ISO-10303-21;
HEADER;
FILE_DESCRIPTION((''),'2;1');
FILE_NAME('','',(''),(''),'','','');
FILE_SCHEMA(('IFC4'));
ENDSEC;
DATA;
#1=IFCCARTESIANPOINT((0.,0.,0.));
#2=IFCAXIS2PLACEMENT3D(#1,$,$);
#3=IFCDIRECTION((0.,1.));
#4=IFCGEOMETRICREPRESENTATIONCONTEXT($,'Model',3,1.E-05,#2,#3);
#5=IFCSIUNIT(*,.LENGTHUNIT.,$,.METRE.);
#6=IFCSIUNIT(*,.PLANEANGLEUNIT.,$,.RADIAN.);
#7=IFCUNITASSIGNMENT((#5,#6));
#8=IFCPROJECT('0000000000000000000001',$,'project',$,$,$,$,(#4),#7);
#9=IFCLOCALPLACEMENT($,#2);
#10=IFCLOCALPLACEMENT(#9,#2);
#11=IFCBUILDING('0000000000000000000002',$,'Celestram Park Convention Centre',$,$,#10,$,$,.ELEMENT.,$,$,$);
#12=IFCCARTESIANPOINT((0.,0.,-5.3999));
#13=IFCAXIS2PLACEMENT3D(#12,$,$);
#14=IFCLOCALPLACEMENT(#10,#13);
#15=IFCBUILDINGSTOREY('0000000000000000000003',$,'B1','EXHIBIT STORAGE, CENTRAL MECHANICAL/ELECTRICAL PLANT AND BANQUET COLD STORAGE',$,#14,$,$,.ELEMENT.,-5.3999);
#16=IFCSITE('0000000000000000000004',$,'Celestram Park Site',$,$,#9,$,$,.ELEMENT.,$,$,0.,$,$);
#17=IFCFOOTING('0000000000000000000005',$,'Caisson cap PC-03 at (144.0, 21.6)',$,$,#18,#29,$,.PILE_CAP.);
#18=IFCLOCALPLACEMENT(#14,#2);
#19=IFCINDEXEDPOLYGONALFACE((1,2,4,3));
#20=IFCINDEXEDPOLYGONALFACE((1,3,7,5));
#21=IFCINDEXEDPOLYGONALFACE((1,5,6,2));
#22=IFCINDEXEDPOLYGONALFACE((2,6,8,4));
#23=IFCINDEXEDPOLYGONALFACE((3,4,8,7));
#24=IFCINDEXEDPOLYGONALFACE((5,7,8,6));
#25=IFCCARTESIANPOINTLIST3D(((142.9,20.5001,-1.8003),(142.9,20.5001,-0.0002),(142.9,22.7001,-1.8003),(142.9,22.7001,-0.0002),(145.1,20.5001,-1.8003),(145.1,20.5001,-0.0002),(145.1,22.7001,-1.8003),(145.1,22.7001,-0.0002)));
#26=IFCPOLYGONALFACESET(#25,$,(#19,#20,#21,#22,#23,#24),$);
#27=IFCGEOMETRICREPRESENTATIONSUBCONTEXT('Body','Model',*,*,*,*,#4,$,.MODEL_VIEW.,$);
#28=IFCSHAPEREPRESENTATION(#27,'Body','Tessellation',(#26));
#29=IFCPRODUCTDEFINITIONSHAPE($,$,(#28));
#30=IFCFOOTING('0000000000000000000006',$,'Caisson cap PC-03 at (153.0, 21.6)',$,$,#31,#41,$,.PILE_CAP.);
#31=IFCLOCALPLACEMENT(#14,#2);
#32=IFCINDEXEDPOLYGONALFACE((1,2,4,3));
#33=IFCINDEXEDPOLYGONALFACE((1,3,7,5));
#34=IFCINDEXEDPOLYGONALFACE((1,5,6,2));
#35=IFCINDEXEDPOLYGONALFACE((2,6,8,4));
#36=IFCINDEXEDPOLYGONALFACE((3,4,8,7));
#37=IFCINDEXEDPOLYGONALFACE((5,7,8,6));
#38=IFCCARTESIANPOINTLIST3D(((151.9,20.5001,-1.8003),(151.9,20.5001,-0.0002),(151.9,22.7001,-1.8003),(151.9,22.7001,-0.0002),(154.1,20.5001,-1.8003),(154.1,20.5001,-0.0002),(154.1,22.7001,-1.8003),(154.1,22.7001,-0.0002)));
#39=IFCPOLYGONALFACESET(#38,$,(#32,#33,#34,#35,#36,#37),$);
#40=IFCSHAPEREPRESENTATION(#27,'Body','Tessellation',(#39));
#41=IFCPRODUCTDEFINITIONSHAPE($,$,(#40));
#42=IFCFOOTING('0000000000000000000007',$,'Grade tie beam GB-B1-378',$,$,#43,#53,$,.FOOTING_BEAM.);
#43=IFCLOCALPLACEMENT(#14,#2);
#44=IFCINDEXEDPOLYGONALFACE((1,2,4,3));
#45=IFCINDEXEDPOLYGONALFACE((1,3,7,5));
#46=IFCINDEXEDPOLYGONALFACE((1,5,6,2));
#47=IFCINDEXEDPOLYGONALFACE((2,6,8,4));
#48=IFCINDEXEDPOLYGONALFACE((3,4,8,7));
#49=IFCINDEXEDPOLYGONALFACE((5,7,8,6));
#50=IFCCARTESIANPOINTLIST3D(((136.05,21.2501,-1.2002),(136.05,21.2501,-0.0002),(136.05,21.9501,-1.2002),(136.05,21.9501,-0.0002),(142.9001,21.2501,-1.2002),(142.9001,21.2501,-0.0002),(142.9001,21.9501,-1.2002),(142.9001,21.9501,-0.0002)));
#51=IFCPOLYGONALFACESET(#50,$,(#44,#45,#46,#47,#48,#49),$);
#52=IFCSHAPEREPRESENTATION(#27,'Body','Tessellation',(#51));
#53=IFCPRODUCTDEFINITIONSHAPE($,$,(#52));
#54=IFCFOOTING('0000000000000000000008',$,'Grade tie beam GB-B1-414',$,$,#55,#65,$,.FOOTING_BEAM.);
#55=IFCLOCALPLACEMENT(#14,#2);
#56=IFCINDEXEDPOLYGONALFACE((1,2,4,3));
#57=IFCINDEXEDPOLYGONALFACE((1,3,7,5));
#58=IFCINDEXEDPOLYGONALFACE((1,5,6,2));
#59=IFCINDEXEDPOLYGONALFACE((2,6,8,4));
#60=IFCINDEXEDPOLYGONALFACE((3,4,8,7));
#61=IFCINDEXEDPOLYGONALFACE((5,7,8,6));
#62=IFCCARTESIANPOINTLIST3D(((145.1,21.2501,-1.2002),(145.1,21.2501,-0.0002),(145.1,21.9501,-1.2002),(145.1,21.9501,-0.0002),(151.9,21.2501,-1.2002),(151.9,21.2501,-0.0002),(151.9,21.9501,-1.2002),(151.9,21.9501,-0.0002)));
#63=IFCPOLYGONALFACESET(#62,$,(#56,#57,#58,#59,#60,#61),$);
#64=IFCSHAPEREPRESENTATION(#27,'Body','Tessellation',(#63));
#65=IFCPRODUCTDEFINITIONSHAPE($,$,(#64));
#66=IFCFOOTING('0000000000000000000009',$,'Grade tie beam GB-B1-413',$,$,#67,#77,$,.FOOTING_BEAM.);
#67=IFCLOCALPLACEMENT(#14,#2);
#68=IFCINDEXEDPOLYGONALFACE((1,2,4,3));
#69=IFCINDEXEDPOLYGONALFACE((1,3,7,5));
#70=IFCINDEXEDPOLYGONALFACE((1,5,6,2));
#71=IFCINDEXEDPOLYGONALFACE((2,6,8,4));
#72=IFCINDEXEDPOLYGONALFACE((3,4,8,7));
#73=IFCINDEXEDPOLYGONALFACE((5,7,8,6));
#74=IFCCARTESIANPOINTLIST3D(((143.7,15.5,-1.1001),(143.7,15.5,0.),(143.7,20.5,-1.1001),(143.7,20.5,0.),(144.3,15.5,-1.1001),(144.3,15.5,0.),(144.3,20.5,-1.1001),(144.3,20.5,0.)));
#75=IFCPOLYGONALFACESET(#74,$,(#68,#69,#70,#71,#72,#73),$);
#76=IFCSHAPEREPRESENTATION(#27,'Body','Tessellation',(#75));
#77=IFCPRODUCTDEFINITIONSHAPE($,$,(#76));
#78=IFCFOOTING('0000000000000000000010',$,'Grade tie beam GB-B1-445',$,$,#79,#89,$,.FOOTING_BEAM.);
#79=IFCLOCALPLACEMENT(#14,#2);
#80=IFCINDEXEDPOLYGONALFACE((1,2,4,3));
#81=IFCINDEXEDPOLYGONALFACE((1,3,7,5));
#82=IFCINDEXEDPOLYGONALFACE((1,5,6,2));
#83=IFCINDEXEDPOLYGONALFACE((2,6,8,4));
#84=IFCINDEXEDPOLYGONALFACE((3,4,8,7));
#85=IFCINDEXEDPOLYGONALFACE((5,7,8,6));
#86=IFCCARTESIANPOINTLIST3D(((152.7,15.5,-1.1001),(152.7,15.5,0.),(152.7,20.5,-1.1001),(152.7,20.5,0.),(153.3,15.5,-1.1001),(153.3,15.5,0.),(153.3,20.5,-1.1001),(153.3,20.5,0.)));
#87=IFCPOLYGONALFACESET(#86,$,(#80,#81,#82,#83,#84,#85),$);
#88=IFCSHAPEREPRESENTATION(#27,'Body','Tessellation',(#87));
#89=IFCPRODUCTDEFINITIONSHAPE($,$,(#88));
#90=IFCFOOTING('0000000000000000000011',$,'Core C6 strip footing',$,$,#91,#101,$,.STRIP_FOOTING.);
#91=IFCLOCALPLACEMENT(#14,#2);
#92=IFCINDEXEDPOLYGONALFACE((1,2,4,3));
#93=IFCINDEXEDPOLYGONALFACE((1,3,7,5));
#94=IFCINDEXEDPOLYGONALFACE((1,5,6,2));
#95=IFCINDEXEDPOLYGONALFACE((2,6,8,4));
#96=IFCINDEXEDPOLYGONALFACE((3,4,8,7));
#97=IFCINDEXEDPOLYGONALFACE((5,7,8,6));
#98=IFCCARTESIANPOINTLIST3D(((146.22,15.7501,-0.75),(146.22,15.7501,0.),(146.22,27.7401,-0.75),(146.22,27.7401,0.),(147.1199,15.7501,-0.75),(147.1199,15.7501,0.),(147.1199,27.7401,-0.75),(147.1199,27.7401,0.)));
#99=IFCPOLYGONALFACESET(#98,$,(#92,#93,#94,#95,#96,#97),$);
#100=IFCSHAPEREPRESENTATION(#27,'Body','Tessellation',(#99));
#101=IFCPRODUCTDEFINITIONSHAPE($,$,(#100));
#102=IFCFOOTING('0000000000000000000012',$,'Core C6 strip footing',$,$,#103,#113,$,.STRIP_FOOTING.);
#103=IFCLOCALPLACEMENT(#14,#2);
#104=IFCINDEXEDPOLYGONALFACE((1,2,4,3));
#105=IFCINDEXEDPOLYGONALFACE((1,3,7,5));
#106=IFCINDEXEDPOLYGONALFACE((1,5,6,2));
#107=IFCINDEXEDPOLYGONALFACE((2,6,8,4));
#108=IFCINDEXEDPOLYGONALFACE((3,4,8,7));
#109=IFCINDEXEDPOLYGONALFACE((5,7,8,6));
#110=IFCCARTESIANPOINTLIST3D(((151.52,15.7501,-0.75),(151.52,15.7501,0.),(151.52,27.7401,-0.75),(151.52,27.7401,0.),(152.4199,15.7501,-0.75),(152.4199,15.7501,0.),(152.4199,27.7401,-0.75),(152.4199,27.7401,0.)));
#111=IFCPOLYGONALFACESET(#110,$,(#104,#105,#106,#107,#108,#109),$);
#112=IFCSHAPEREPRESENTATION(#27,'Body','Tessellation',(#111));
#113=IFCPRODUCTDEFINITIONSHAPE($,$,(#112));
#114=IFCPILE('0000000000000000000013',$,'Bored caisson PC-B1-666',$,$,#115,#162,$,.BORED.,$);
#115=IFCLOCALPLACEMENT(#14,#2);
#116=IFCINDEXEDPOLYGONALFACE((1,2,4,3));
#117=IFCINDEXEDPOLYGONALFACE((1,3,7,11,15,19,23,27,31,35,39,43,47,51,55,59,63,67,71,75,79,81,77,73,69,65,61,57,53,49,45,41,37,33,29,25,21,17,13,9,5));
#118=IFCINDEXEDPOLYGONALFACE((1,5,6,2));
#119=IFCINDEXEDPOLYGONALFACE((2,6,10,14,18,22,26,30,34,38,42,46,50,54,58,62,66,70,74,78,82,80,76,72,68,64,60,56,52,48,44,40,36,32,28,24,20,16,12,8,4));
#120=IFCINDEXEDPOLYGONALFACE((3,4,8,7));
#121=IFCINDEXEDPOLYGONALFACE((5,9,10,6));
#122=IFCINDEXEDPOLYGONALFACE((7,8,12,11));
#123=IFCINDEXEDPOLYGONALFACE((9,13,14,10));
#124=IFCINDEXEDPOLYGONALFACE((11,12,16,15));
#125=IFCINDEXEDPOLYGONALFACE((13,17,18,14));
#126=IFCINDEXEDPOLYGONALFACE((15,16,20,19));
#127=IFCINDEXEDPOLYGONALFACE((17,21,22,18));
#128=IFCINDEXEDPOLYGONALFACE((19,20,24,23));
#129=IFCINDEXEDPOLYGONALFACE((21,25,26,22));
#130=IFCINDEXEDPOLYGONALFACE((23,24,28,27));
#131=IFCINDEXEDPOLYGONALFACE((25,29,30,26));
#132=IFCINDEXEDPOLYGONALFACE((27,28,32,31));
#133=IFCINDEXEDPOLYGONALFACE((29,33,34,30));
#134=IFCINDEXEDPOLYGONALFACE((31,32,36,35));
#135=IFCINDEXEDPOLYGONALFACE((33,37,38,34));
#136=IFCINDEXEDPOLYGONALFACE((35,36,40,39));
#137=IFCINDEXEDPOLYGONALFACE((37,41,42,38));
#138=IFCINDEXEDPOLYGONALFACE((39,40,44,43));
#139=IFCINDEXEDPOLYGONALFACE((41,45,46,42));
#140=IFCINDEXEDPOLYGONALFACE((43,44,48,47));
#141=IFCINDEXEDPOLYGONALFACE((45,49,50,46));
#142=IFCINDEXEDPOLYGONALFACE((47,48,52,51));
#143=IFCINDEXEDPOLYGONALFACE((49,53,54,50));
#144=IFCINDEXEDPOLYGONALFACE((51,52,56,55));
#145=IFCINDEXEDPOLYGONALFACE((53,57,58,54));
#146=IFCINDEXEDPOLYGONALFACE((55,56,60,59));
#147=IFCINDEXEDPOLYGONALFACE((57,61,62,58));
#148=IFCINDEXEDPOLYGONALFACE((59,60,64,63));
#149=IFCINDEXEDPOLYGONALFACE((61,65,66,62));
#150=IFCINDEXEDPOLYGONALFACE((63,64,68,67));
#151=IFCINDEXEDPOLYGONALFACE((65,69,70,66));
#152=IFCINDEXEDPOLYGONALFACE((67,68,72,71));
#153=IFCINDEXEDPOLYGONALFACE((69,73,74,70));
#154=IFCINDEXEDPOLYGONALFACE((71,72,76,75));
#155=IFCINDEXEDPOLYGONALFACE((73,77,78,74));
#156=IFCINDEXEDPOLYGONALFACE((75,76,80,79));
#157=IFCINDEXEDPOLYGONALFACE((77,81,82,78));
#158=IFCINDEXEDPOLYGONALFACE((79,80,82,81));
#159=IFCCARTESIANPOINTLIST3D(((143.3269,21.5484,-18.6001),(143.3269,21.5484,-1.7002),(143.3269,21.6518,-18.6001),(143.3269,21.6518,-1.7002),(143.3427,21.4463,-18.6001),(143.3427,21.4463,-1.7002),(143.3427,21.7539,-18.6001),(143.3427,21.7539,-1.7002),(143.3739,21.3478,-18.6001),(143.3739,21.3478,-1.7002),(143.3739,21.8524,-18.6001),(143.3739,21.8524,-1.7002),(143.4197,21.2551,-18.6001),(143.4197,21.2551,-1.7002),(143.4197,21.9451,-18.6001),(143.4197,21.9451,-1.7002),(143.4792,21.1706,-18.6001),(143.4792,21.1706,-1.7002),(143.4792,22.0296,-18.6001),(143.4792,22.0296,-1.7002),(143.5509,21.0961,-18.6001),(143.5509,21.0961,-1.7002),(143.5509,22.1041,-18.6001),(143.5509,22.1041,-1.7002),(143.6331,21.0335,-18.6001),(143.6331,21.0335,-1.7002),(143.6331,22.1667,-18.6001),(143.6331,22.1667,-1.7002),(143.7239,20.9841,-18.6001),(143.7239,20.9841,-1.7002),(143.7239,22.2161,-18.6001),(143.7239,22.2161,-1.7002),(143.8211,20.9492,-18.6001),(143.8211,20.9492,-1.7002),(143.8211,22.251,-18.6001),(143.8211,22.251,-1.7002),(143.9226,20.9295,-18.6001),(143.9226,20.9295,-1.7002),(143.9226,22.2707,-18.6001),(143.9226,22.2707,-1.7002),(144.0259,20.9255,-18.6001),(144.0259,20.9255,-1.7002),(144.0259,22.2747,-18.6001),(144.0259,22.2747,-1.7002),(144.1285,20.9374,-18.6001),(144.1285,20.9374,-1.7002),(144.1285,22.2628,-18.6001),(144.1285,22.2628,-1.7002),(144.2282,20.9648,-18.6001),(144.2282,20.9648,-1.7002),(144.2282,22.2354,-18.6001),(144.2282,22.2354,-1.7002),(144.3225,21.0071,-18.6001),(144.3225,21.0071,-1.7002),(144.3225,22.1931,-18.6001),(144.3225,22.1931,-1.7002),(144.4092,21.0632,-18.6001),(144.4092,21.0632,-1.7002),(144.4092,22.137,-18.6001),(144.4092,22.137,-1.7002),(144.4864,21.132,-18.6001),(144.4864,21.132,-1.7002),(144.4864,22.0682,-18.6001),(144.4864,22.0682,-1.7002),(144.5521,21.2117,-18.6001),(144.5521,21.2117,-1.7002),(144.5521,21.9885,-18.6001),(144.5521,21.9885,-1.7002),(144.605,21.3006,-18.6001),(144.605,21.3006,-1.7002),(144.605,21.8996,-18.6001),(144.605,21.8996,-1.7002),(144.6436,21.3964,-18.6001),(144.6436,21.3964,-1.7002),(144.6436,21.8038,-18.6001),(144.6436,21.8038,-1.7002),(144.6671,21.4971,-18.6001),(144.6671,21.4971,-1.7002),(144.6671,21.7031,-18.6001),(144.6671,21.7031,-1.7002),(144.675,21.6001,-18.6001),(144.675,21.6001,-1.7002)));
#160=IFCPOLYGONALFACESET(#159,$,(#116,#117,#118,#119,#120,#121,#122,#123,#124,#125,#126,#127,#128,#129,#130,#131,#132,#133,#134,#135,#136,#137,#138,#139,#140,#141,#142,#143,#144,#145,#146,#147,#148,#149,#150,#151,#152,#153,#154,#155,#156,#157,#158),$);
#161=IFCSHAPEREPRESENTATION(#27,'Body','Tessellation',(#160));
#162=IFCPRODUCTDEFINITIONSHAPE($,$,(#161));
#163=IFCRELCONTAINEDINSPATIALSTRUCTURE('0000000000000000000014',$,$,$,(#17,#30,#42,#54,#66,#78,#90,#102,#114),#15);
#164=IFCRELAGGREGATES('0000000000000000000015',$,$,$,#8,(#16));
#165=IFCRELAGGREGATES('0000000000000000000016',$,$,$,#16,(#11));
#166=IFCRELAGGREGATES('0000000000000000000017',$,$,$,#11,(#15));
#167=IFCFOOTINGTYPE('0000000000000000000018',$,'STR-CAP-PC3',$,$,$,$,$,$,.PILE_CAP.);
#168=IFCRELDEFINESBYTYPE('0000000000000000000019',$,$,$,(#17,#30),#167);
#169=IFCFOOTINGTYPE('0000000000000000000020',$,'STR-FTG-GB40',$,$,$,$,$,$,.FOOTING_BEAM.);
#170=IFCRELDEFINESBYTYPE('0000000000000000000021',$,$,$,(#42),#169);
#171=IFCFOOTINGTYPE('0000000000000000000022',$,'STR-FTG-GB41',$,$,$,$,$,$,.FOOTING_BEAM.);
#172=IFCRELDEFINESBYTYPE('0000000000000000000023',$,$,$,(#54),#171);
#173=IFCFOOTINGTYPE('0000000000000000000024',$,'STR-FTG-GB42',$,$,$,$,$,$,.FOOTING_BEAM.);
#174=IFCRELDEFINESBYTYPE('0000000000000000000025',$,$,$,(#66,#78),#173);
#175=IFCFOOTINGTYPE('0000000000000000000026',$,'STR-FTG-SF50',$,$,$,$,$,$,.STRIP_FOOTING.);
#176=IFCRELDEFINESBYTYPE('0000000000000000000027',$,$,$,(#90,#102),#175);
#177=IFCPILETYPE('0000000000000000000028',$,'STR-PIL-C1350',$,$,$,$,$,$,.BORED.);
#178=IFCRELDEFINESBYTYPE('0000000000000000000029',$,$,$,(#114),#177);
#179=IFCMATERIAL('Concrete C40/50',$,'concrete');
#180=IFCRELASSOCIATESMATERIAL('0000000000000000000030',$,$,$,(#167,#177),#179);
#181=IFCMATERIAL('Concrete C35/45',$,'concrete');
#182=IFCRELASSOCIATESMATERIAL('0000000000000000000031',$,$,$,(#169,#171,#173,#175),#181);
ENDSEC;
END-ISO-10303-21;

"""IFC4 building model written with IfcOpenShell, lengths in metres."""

from ifc_helpers import new_model, si_unit, direction, frame, origin, origin_2d, place, context, subcontext, project, spatial, rectangle, circle, extrude, material, material_profile, profile_set, type_object, element, save


model = new_model("IFC4")

# Units and contexts
model_context = context("Model", 3, precision=1e-05, world=origin(), true_north=direction((0.0, 1.0)))
body_context = subcontext(model_context, "Body", "Model", "MODEL_VIEW")
ifc_project = project(units=[si_unit("LENGTHUNIT", "METRE"), si_unit("PLANEANGLEUNIT", "RADIAN")], contexts=[model_context])

# Site, building, storey
site_placement = place(None, origin())
site = spatial("IfcSite", under=ifc_project, at=site_placement, Name="Celestram Park Site", CompositionType="ELEMENT", RefElevation=0.0)
building_placement = place(site_placement, origin())
building = spatial("IfcBuilding", under=site, at=building_placement, Name="Celestram Park Convention Centre", CompositionType="ELEMENT")
storey_placement = place(building_placement, frame((0.0, 0.0, -5.3999)))
storey = spatial("IfcBuildingStorey", under=building, at=storey_placement, Name="B1", Description="EXHIBIT STORAGE, CENTRAL MECHANICAL/ELECTRICAL PLANT AND BANQUET COLD STORAGE", CompositionType="ELEMENT", Elevation=-5.3999)

# Footings
ifc_material_1 = material(Name="Concrete C40/50", Category="concrete")
footing_type_1 = type_object("IfcFootingType", Name="STR-CAP-PC3", PredefinedType="PILE_CAP", material=ifc_material_1)
for number, where, z_axis, x_axis, name in (
    (1, (144.0, 21.6001, -1.8003), (0.0, 0.0, 1.0), (1.0, 0.0, 0.0), "Caisson cap PC-03 at (144.0, 21.6)"),
    (2, (153.0, 21.6001, -1.8003), (0.0, 0.0, 1.0), (1.0, 0.0, 0.0), "Caisson cap PC-03 at (153.0, 21.6)"),
):
    element("IfcFooting", number, at=place(storey_placement, frame(where, z_axis=z_axis, x_axis=x_axis)), inside=storey, type_object=footing_type_1, Name=name, PredefinedType="PILE_CAP", context=body_context, shape_type="SweptSolid", body=[
        extrude(rectangle(XDim=2.2, YDim=2.2, at=origin_2d()), origin(), (0.0, 0.0, 1.0), 1.8),
    ])
ifc_material_2 = material(Name="Concrete C35/45", Category="concrete")
footing_type_2 = type_object("IfcFootingType", Name="STR-FTG-GB40", PredefinedType="FOOTING_BEAM", material=ifc_material_2)
footing_1_placement = place(storey_placement, frame((139.4751, 21.6001, -1.2002), z_axis=(0.0, 0.0, 1.0), x_axis=(1.0, 0.0, 0.0)))
element("IfcFooting", 3, at=footing_1_placement, inside=storey, type_object=footing_type_2, Name="Grade tie beam GB-B1-378", PredefinedType="FOOTING_BEAM", context=body_context, shape_type="SweptSolid", body=[
    extrude(rectangle(XDim=6.8501, YDim=0.7, at=origin_2d()), origin(), (0.0, 0.0, 1.0), 1.2),
])
footing_type_3 = type_object("IfcFootingType", Name="STR-FTG-GB41", PredefinedType="FOOTING_BEAM", material=ifc_material_2)
footing_2_placement = place(storey_placement, frame((148.5, 21.6001, -1.2002), z_axis=(0.0, 0.0, 1.0), x_axis=(1.0, 0.0, 0.0)))
element("IfcFooting", 4, at=footing_2_placement, inside=storey, type_object=footing_type_3, Name="Grade tie beam GB-B1-414", PredefinedType="FOOTING_BEAM", context=body_context, shape_type="SweptSolid", body=[
    extrude(rectangle(XDim=6.8, YDim=0.7, at=origin_2d()), origin(), (0.0, 0.0, 1.0), 1.2),
])
footing_type_4 = type_object("IfcFootingType", Name="STR-FTG-GB42", PredefinedType="FOOTING_BEAM", material=ifc_material_2)
for number, where, z_axis, x_axis, name in (
    (5, (144.0, 18.0, -1.1001), (0.0, 0.0, 1.0), (0.0, 1.0, 0.0), "Grade tie beam GB-B1-413"),
    (6, (153.0, 18.0, -1.1001), (0.0, 0.0, 1.0), (0.0, 1.0, 0.0), "Grade tie beam GB-B1-445"),
):
    element("IfcFooting", number, at=place(storey_placement, frame(where, z_axis=z_axis, x_axis=x_axis)), inside=storey, type_object=footing_type_4, Name=name, PredefinedType="FOOTING_BEAM", context=body_context, shape_type="SweptSolid", body=[
        extrude(rectangle(XDim=5.0, YDim=0.6001, at=origin_2d()), origin(), (0.0, 0.0, 1.0), 1.1001),
    ])
footing_type_5 = type_object("IfcFootingType", Name="STR-FTG-SF50", PredefinedType="STRIP_FOOTING", material=ifc_material_2)
for number, where, z_axis, x_axis, name in (
    (7, (146.6699, 21.7451, -0.75), (0.0, 0.0, 1.0), (0.0, 1.0, 0.0), "Core C6 strip footing"),
    (8, (151.97, 21.7451, -0.75), (0.0, 0.0, 1.0), (0.0, 1.0, 0.0), "Core C6 strip footing"),
):
    element("IfcFooting", number, at=place(storey_placement, frame(where, z_axis=z_axis, x_axis=x_axis)), inside=storey, type_object=footing_type_5, Name=name, PredefinedType="STRIP_FOOTING", context=body_context, shape_type="SweptSolid", body=[
        extrude(rectangle(XDim=11.99, YDim=0.8999, at=origin_2d()), origin(), (0.0, 0.0, 1.0), 0.75),
    ])

# Pile
ifc_material_profile_1 = material_profile(ifc_material_1, circle(Radius=0.675, at=origin_2d()), Name="CAISSON1350")
ifc_profile_set_1 = profile_set([ifc_material_profile_1], Name="Concrete C40/50")
pile_type = type_object("IfcPileType", Name="STR-PIL-C1350", PredefinedType="BORED", material=ifc_profile_set_1)
for number, where, z_axis, x_axis, name in (
    (9, (144.0, 21.6001, -1.7002), (0.0, 0.0, -1.0), (1.0, 0.0, 0.0), "Bored caisson PC-B1-666"),
):
    element("IfcPile", number, at=place(storey_placement, frame(where, z_axis=z_axis, x_axis=x_axis)), inside=storey, type_object=pile_type, Name=name, PredefinedType="BORED", context=body_context, shape_type="SweptSolid", body=[
        extrude(circle(Radius=0.675, at=origin_2d()), origin(), (0.0, 0.0, 1.0), 16.8999),
    ])

save(model, "model.ifc")
